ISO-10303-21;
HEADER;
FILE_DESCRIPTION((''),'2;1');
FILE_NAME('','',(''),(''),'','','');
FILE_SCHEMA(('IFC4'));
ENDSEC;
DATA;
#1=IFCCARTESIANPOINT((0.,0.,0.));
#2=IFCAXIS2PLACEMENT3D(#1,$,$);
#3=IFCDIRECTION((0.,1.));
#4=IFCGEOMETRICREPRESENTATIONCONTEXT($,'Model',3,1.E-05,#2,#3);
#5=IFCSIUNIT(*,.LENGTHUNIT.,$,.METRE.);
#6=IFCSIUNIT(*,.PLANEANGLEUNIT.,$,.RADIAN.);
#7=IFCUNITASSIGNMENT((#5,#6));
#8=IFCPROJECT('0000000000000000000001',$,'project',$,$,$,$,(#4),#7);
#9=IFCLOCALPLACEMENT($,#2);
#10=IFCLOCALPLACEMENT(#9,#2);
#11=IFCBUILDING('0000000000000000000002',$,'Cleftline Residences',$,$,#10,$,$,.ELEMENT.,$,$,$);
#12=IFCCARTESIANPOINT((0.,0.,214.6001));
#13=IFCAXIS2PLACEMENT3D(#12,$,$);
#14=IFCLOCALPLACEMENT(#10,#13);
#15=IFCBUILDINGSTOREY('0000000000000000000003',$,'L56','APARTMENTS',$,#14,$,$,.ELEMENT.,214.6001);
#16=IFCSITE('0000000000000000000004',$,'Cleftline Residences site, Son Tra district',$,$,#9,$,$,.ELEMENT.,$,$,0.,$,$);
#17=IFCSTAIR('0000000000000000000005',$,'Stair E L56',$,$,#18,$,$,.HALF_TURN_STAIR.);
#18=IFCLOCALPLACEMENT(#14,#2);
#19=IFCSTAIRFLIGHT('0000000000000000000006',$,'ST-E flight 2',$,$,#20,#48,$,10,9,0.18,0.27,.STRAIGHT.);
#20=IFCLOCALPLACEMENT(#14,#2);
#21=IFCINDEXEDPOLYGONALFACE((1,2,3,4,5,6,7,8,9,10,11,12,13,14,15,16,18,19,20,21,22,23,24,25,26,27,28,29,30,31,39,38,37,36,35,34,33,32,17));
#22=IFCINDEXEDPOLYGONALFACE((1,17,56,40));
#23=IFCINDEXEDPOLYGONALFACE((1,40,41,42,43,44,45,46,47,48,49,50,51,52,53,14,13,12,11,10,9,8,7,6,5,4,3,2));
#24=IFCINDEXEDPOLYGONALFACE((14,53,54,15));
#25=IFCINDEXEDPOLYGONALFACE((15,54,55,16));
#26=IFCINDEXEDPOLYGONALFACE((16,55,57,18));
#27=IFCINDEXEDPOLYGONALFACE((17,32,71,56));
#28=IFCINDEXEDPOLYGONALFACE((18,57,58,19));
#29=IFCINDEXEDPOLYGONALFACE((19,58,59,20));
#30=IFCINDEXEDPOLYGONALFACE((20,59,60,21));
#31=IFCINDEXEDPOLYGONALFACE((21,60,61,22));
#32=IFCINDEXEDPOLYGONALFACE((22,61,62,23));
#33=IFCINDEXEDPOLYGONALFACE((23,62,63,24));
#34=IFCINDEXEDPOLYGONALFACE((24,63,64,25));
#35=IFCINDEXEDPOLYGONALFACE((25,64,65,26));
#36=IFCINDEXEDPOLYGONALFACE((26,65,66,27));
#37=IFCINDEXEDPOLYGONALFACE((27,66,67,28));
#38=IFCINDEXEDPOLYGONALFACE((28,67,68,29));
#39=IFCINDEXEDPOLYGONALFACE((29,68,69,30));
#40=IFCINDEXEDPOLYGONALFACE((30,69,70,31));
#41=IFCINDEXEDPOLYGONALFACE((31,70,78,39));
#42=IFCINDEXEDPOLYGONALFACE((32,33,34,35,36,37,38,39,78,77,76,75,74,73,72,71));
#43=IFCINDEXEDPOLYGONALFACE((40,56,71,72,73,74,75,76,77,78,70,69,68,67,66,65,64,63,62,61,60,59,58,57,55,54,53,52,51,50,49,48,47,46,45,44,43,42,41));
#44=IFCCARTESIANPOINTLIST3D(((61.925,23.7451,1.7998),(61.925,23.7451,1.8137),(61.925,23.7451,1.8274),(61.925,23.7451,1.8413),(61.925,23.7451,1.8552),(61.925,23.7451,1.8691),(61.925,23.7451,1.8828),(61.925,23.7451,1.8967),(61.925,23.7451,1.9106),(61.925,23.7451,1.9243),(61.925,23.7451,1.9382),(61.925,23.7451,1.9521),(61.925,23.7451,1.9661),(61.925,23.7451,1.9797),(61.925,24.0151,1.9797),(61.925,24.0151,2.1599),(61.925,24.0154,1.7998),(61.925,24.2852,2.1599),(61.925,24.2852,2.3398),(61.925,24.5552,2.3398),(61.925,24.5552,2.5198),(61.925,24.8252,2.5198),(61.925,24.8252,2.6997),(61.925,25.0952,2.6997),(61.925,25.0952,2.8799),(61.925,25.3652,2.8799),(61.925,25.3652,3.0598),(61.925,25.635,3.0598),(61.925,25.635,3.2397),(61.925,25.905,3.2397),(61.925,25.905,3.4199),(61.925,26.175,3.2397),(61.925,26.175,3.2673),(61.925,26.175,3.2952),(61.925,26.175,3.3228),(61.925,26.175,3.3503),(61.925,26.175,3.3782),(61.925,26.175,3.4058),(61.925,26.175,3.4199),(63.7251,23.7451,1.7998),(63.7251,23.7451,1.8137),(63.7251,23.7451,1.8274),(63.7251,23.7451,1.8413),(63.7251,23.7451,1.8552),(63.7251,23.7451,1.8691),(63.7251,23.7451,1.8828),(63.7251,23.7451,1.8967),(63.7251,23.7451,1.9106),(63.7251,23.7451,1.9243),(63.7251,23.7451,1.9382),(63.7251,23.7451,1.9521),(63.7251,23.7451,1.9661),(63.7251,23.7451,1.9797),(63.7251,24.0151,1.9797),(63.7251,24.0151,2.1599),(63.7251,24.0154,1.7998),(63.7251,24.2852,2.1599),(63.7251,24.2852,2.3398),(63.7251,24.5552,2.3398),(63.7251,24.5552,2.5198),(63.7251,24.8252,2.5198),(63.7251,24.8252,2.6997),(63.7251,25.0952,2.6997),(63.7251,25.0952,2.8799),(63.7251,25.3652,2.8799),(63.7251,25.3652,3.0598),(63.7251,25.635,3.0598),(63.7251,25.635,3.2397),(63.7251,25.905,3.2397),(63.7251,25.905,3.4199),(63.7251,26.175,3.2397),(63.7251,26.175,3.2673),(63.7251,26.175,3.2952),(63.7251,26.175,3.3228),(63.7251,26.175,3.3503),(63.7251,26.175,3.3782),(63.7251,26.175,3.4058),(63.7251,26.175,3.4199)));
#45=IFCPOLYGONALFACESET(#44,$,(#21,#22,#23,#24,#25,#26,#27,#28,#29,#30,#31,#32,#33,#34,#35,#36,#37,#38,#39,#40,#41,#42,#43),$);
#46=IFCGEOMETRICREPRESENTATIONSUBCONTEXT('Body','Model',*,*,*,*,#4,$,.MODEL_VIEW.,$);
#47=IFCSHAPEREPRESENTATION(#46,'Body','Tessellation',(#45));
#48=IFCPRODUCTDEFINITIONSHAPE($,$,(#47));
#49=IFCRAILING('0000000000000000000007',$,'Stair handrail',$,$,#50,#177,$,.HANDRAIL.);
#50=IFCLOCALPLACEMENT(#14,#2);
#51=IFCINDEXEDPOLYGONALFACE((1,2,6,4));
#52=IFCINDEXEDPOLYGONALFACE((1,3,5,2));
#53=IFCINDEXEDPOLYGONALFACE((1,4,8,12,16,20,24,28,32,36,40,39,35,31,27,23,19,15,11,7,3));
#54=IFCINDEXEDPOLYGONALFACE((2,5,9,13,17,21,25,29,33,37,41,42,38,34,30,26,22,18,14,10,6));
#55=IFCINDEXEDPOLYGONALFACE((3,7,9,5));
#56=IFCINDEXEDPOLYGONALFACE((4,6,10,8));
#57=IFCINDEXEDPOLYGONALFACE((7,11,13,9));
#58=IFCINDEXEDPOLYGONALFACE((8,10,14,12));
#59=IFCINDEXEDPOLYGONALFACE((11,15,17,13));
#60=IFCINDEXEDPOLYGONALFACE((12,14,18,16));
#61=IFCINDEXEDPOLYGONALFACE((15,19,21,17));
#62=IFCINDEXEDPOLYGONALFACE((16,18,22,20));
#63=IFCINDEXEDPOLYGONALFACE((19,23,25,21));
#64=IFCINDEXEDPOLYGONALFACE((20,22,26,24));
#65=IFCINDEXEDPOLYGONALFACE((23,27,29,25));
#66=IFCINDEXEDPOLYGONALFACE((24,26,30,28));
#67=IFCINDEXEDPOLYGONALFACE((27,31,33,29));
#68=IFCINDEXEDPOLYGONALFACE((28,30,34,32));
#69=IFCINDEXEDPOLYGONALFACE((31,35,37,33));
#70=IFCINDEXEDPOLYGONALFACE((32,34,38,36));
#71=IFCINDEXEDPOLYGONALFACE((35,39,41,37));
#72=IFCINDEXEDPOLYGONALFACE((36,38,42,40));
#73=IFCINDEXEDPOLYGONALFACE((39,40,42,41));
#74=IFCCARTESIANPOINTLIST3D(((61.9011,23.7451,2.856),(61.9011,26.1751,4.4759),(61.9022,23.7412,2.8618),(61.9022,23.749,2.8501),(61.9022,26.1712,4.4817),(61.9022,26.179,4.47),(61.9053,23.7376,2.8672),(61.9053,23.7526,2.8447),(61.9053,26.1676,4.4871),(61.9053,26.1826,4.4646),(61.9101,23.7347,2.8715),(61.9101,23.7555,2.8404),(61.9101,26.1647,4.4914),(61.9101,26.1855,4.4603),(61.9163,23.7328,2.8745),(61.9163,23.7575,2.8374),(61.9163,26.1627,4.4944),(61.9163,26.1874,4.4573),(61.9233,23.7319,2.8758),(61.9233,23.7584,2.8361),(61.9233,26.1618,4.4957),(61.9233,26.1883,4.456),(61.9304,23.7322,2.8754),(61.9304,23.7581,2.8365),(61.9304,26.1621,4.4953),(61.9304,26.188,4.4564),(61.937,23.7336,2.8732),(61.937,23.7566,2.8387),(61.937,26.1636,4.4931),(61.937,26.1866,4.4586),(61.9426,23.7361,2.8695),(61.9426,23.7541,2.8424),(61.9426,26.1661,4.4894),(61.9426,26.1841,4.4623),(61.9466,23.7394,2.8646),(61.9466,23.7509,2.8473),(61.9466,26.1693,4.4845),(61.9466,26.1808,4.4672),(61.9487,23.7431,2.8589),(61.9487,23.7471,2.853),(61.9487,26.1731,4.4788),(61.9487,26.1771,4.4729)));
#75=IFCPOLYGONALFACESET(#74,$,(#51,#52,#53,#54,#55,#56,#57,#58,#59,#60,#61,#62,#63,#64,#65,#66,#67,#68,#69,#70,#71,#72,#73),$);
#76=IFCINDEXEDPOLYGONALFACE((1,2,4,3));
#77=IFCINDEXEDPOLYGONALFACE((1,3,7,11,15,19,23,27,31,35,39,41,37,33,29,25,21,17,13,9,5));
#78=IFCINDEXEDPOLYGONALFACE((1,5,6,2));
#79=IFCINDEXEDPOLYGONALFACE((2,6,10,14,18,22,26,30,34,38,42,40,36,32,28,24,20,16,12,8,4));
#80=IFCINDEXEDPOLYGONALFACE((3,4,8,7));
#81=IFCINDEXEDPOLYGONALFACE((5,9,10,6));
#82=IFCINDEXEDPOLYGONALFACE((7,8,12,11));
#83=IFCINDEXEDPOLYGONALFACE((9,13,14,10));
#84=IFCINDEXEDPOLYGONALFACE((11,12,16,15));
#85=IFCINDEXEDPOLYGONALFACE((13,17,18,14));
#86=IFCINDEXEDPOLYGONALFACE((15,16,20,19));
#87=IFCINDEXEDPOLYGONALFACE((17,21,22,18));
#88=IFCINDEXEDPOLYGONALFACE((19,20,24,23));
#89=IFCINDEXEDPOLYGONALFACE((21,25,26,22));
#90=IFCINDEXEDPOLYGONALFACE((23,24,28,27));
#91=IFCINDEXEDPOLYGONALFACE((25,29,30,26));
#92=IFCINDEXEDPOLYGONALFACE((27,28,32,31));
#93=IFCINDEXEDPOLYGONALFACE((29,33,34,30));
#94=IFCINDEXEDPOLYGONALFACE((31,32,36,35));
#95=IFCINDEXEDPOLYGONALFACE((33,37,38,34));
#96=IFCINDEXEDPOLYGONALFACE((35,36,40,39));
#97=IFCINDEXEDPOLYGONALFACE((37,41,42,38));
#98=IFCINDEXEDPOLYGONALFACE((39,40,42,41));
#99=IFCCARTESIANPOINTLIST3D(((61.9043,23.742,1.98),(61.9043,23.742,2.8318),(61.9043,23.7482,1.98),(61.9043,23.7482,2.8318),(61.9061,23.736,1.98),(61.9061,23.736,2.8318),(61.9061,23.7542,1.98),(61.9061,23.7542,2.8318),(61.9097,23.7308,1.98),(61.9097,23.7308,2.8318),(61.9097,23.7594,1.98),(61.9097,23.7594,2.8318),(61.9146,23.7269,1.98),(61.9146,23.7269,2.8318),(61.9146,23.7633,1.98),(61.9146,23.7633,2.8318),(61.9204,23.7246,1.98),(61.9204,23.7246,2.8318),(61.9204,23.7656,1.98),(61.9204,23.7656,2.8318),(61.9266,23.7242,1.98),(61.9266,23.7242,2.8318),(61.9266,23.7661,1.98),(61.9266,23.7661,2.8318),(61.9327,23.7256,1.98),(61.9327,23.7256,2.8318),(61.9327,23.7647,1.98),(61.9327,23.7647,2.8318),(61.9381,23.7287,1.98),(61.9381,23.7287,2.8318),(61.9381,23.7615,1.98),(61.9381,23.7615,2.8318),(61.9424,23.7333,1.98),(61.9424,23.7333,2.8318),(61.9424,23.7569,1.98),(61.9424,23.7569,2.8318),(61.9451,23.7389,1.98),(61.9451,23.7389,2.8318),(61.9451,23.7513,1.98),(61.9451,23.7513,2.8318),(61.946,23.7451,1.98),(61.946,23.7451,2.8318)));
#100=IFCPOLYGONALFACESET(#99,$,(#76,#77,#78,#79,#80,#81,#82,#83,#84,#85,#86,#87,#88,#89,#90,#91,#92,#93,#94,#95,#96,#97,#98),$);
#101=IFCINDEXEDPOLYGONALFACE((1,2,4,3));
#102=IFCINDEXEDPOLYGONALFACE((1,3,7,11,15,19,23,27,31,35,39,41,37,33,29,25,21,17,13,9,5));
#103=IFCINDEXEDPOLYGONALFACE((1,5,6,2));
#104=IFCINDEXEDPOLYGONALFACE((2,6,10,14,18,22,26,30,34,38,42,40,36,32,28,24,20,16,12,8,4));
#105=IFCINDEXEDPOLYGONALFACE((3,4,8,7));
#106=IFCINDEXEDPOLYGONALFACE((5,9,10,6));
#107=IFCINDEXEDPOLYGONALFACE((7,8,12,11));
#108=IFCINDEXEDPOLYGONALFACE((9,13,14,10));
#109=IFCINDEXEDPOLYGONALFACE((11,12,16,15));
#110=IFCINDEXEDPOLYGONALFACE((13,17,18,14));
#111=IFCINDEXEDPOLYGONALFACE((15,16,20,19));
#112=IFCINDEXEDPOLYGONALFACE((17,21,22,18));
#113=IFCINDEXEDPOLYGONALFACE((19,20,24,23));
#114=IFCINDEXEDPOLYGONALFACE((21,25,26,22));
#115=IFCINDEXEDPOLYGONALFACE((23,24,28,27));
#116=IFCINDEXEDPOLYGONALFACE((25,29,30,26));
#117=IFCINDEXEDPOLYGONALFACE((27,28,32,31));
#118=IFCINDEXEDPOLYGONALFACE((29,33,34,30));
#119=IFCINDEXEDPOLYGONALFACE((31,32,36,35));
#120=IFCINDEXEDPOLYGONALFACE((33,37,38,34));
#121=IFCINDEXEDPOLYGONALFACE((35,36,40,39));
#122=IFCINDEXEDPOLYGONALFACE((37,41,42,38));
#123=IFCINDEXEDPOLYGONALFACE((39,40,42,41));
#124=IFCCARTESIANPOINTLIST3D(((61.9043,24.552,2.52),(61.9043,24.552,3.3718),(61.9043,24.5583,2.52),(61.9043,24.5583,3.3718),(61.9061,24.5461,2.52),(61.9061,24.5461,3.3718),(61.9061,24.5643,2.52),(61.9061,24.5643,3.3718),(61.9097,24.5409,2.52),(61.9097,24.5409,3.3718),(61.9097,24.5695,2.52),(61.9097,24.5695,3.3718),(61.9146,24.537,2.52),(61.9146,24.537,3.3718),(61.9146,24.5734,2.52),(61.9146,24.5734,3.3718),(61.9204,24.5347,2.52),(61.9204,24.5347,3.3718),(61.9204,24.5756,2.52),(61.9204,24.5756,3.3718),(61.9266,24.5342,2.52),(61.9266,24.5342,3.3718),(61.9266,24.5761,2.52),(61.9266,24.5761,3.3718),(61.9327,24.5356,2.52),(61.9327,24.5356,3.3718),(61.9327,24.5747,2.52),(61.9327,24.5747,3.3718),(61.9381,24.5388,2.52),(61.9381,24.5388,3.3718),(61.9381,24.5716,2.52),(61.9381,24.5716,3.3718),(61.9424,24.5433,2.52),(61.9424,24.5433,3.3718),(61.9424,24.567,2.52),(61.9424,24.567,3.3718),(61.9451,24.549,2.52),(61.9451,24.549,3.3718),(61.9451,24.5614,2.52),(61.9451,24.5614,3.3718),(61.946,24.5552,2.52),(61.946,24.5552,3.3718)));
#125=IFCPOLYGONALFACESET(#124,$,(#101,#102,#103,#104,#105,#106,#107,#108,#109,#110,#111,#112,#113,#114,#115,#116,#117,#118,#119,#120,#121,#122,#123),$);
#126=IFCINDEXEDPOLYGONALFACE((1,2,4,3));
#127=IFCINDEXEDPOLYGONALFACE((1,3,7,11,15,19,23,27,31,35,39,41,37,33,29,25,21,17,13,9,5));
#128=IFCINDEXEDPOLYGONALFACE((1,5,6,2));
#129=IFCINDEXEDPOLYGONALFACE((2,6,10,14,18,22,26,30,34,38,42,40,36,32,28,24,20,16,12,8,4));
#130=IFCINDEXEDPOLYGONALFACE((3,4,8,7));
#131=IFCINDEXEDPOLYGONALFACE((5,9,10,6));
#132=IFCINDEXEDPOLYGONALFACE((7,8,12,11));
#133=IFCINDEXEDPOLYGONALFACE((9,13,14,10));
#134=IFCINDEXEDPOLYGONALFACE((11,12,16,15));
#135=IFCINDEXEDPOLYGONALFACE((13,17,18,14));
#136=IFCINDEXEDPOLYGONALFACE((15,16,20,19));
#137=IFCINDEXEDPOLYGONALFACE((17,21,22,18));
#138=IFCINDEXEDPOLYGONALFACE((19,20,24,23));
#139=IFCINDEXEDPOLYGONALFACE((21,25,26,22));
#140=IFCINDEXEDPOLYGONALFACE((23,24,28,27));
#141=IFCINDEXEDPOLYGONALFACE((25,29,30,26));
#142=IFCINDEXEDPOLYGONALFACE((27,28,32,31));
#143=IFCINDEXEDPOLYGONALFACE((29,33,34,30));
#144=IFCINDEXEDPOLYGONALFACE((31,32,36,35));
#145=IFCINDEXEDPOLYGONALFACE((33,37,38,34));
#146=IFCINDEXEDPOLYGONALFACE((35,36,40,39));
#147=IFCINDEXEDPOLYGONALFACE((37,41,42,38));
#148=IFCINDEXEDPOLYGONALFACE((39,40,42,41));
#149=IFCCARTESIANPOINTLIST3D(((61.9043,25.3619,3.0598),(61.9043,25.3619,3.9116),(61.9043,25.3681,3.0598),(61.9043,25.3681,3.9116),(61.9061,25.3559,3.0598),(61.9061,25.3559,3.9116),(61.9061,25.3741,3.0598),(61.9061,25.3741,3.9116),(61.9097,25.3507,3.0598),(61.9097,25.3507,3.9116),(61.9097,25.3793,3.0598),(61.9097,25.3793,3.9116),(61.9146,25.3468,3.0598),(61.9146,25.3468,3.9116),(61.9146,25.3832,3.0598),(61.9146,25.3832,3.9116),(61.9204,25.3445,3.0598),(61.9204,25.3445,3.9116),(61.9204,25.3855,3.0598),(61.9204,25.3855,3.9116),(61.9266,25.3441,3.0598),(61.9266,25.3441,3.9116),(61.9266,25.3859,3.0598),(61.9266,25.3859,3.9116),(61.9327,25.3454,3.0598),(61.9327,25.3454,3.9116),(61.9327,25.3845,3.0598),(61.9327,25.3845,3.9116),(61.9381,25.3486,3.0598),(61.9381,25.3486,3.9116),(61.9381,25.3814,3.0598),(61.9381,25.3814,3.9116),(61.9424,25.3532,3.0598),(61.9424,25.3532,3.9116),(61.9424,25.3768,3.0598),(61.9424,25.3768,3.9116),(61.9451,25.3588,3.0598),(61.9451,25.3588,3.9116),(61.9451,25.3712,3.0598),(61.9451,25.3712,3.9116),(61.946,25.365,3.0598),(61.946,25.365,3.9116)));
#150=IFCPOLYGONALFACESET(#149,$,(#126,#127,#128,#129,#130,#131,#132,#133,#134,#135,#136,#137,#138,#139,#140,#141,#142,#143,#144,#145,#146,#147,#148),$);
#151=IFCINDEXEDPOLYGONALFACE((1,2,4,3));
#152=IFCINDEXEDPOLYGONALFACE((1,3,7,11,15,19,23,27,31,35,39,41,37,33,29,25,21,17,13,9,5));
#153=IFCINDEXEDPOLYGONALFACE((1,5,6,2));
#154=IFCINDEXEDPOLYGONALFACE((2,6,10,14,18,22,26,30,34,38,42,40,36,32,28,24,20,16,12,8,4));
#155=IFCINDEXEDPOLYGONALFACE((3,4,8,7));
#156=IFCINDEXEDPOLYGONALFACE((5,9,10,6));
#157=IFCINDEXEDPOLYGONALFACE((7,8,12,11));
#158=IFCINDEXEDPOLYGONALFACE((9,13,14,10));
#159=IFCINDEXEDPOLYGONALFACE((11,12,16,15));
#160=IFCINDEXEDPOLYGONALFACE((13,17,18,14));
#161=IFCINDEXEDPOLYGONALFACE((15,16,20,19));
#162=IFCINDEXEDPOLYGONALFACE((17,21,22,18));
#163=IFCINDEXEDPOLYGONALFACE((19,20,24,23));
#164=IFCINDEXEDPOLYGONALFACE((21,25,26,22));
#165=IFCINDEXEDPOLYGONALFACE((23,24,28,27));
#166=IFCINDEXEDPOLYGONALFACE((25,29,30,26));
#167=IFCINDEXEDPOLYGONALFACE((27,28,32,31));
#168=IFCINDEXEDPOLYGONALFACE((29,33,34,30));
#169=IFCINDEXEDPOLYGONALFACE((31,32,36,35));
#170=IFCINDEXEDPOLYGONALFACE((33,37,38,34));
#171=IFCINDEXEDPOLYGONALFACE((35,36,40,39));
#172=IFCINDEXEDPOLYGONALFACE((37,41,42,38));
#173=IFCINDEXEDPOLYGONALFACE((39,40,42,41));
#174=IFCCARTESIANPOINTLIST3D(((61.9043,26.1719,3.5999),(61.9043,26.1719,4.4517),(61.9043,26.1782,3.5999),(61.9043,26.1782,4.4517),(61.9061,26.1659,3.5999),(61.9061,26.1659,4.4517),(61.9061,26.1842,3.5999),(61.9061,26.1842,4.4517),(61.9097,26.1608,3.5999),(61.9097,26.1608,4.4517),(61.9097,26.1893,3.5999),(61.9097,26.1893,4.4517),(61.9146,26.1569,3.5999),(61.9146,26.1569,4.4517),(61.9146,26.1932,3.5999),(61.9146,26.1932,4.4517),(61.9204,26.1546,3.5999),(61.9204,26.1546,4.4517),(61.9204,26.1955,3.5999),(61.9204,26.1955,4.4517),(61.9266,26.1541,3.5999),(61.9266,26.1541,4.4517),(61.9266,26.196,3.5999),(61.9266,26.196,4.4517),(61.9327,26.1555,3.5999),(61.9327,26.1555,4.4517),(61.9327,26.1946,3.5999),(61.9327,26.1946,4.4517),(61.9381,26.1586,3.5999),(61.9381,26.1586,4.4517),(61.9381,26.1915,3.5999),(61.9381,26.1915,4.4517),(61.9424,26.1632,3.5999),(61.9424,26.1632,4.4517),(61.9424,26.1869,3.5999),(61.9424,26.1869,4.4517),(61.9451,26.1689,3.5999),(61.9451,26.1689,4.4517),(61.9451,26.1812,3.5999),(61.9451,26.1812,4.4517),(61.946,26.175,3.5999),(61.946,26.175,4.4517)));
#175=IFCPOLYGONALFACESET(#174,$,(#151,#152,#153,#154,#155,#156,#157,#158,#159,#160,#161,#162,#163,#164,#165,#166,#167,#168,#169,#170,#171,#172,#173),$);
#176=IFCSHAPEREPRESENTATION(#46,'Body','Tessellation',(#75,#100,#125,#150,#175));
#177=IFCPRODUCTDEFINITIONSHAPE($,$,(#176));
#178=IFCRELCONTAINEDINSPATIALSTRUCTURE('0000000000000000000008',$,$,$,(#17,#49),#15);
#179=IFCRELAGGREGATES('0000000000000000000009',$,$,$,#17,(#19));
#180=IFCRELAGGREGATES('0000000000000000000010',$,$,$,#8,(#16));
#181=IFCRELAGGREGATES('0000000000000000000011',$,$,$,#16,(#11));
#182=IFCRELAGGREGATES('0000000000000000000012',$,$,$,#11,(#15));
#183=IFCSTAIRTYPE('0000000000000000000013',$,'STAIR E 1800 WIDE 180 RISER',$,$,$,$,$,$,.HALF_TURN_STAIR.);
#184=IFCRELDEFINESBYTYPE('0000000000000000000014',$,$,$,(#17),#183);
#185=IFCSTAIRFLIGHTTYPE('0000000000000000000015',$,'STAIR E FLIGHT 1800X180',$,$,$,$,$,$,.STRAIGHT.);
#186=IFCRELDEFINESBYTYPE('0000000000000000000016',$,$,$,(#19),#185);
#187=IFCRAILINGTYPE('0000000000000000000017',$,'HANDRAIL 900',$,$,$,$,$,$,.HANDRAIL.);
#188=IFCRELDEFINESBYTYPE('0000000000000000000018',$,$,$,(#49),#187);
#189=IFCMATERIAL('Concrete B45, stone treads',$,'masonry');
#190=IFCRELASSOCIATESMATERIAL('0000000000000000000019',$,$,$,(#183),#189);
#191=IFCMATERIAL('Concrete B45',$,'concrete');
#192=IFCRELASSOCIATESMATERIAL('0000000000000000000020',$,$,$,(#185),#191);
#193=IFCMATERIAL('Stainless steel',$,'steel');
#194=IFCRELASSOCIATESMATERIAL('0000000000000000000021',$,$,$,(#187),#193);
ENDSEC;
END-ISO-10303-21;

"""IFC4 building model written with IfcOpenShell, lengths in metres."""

from ifc_helpers import new_model, si_unit, direction, frame, origin, origin_2d, place, context, subcontext, project, spatial, polyline, circle, outline, extrude, material, type_object, element, aggregate, save


model = new_model("IFC4")

# Units and contexts
model_context = context("Model", 3, precision=1e-05, world=origin(), true_north=direction((0.0, 1.0)))
body_context = subcontext(model_context, "Body", "Model", "MODEL_VIEW")
ifc_project = project(units=[si_unit("LENGTHUNIT", "METRE"), si_unit("PLANEANGLEUNIT", "RADIAN")], contexts=[model_context])

# Site, building, storey
site_placement = place(None, origin())
site = spatial("IfcSite", under=ifc_project, at=site_placement, Name="Cleftline Residences site, Son Tra district", CompositionType="ELEMENT", RefElevation=0.0)
building_placement = place(site_placement, origin())
building = spatial("IfcBuilding", under=site, at=building_placement, Name="Cleftline Residences", CompositionType="ELEMENT")
storey_placement = place(building_placement, frame((0.0, 0.0, 214.6001)))
storey = spatial("IfcBuildingStorey", under=building, at=storey_placement, Name="L56", Description="APARTMENTS", CompositionType="ELEMENT", Elevation=214.6001)

# Stair, stair flight
ifc_material_1 = material(Name="Concrete B45, stone treads", Category="masonry")
stair_type = type_object("IfcStairType", Name="STAIR E 1800 WIDE 180 RISER", PredefinedType="HALF_TURN_STAIR", material=ifc_material_1)
stair_placement = place(storey_placement, origin())
stair = element("IfcStair", 1, at=stair_placement, inside=storey, type_object=stair_type, Name="Stair E L56", PredefinedType="HALF_TURN_STAIR")
ifc_material_2 = material(Name="Concrete B45", Category="concrete")
stair_flight_type = type_object("IfcStairFlightType", Name="STAIR E FLIGHT 1800X180", PredefinedType="STRAIGHT", material=ifc_material_2)
stair_flight_placement = place(storey_placement, frame((62.825, 23.7451, 1.7998), z_axis=(0.0, 0.0, 1.0), x_axis=(0.0, 1.0, 0.0)))
stair_flight = element("IfcStairFlight", 2, at=stair_flight_placement, type_object=stair_flight_type, Name="ST-E flight 2", NumberOfRisers=10, NumberOfTreads=9, PredefinedType="STRAIGHT", RiserHeight=0.18, TreadLength=0.27, context=body_context, shape_type="SweptSolid", body=[
    extrude(outline(polyline([(0.0, 0.0), (0.0, 0.0139), (0.0, 0.0276), (0.0, 0.0415), (0.0, 0.0554), (0.0, 0.0693), (0.0, 0.083), (0.0, 0.0969), (0.0, 0.1108), (0.0, 0.1245), (0.0, 0.1384), (0.0, 0.1523), (0.0, 0.1663), (0.0, 0.1799), (0.27, 0.1799), (0.27, 0.3601), (0.54, 0.3601), (0.54, 0.54), (0.8101, 0.54), (0.8101, 0.72), (1.0801, 0.72), (1.0801, 0.8999), (1.3501, 0.8999), (1.3501, 1.0801), (1.6201, 1.0801), (1.6201, 1.26), (1.8899, 1.26), (1.8899, 1.4399), (2.1599, 1.4399), (2.1599, 1.6201), (2.4299, 1.6201), (2.4299, 1.8), (2.4299, 1.7722), (2.4299, 1.7446), (2.4299, 1.7168), (2.4299, 1.6892), (2.4299, 1.6614), (2.4299, 1.6338), (2.4299, 1.606), (2.4299, 1.5784), (2.4299, 1.5505), (2.4299, 1.5229), (2.4299, 1.4954), (2.4299, 1.4675), (2.4299, 1.4399), (0.2703, 0.0), (0.0, 0.0)])), frame((0.0, 0.8999, 0.0), z_axis=(0.0, -1.0, 0.0), x_axis=(1.0, 0.0, 0.0)), (0.0, 0.0, 1.0), 1.8),
])
aggregate(stair, [stair_flight])

# Railing
ifc_material_3 = material(Name="Stainless steel", Category="steel")
railing_type = type_object("IfcRailingType", Name="HANDRAIL 900", PredefinedType="HANDRAIL", material=ifc_material_3)
railing_placement = place(storey_placement, frame((61.925, 23.7451, 1.98)))
element("IfcRailing", 3, at=railing_placement, inside=storey, type_object=railing_type, Name="Stair handrail", PredefinedType="HANDRAIL", context=body_context, shape_type="SweptSolid", body=[
    extrude(circle(Radius=0.0239, at=origin_2d()), frame((0.0, 0.0, 0.876), z_axis=(0.0, 0.832063, 0.554681), x_axis=(-1.0, 0.0, 0.0)), (0.0, 0.0, 1.0), 2.9204),
    extrude(circle(Radius=0.021, at=origin_2d()), origin(), (0.0, 0.0, 1.0), 0.8518),
    extrude(circle(Radius=0.021, at=origin_2d()), frame((0.0, 0.8101, 0.54)), (0.0, 0.0, 1.0), 0.8518),
    extrude(circle(Radius=0.021, at=origin_2d()), frame((0.0, 1.6199, 1.0798)), (0.0, 0.0, 1.0), 0.8518),
    extrude(circle(Radius=0.021, at=origin_2d()), frame((0.0, 2.4299, 1.6199)), (0.0, 0.0, 1.0), 0.8518),
])

save(model, "model.ifc")
